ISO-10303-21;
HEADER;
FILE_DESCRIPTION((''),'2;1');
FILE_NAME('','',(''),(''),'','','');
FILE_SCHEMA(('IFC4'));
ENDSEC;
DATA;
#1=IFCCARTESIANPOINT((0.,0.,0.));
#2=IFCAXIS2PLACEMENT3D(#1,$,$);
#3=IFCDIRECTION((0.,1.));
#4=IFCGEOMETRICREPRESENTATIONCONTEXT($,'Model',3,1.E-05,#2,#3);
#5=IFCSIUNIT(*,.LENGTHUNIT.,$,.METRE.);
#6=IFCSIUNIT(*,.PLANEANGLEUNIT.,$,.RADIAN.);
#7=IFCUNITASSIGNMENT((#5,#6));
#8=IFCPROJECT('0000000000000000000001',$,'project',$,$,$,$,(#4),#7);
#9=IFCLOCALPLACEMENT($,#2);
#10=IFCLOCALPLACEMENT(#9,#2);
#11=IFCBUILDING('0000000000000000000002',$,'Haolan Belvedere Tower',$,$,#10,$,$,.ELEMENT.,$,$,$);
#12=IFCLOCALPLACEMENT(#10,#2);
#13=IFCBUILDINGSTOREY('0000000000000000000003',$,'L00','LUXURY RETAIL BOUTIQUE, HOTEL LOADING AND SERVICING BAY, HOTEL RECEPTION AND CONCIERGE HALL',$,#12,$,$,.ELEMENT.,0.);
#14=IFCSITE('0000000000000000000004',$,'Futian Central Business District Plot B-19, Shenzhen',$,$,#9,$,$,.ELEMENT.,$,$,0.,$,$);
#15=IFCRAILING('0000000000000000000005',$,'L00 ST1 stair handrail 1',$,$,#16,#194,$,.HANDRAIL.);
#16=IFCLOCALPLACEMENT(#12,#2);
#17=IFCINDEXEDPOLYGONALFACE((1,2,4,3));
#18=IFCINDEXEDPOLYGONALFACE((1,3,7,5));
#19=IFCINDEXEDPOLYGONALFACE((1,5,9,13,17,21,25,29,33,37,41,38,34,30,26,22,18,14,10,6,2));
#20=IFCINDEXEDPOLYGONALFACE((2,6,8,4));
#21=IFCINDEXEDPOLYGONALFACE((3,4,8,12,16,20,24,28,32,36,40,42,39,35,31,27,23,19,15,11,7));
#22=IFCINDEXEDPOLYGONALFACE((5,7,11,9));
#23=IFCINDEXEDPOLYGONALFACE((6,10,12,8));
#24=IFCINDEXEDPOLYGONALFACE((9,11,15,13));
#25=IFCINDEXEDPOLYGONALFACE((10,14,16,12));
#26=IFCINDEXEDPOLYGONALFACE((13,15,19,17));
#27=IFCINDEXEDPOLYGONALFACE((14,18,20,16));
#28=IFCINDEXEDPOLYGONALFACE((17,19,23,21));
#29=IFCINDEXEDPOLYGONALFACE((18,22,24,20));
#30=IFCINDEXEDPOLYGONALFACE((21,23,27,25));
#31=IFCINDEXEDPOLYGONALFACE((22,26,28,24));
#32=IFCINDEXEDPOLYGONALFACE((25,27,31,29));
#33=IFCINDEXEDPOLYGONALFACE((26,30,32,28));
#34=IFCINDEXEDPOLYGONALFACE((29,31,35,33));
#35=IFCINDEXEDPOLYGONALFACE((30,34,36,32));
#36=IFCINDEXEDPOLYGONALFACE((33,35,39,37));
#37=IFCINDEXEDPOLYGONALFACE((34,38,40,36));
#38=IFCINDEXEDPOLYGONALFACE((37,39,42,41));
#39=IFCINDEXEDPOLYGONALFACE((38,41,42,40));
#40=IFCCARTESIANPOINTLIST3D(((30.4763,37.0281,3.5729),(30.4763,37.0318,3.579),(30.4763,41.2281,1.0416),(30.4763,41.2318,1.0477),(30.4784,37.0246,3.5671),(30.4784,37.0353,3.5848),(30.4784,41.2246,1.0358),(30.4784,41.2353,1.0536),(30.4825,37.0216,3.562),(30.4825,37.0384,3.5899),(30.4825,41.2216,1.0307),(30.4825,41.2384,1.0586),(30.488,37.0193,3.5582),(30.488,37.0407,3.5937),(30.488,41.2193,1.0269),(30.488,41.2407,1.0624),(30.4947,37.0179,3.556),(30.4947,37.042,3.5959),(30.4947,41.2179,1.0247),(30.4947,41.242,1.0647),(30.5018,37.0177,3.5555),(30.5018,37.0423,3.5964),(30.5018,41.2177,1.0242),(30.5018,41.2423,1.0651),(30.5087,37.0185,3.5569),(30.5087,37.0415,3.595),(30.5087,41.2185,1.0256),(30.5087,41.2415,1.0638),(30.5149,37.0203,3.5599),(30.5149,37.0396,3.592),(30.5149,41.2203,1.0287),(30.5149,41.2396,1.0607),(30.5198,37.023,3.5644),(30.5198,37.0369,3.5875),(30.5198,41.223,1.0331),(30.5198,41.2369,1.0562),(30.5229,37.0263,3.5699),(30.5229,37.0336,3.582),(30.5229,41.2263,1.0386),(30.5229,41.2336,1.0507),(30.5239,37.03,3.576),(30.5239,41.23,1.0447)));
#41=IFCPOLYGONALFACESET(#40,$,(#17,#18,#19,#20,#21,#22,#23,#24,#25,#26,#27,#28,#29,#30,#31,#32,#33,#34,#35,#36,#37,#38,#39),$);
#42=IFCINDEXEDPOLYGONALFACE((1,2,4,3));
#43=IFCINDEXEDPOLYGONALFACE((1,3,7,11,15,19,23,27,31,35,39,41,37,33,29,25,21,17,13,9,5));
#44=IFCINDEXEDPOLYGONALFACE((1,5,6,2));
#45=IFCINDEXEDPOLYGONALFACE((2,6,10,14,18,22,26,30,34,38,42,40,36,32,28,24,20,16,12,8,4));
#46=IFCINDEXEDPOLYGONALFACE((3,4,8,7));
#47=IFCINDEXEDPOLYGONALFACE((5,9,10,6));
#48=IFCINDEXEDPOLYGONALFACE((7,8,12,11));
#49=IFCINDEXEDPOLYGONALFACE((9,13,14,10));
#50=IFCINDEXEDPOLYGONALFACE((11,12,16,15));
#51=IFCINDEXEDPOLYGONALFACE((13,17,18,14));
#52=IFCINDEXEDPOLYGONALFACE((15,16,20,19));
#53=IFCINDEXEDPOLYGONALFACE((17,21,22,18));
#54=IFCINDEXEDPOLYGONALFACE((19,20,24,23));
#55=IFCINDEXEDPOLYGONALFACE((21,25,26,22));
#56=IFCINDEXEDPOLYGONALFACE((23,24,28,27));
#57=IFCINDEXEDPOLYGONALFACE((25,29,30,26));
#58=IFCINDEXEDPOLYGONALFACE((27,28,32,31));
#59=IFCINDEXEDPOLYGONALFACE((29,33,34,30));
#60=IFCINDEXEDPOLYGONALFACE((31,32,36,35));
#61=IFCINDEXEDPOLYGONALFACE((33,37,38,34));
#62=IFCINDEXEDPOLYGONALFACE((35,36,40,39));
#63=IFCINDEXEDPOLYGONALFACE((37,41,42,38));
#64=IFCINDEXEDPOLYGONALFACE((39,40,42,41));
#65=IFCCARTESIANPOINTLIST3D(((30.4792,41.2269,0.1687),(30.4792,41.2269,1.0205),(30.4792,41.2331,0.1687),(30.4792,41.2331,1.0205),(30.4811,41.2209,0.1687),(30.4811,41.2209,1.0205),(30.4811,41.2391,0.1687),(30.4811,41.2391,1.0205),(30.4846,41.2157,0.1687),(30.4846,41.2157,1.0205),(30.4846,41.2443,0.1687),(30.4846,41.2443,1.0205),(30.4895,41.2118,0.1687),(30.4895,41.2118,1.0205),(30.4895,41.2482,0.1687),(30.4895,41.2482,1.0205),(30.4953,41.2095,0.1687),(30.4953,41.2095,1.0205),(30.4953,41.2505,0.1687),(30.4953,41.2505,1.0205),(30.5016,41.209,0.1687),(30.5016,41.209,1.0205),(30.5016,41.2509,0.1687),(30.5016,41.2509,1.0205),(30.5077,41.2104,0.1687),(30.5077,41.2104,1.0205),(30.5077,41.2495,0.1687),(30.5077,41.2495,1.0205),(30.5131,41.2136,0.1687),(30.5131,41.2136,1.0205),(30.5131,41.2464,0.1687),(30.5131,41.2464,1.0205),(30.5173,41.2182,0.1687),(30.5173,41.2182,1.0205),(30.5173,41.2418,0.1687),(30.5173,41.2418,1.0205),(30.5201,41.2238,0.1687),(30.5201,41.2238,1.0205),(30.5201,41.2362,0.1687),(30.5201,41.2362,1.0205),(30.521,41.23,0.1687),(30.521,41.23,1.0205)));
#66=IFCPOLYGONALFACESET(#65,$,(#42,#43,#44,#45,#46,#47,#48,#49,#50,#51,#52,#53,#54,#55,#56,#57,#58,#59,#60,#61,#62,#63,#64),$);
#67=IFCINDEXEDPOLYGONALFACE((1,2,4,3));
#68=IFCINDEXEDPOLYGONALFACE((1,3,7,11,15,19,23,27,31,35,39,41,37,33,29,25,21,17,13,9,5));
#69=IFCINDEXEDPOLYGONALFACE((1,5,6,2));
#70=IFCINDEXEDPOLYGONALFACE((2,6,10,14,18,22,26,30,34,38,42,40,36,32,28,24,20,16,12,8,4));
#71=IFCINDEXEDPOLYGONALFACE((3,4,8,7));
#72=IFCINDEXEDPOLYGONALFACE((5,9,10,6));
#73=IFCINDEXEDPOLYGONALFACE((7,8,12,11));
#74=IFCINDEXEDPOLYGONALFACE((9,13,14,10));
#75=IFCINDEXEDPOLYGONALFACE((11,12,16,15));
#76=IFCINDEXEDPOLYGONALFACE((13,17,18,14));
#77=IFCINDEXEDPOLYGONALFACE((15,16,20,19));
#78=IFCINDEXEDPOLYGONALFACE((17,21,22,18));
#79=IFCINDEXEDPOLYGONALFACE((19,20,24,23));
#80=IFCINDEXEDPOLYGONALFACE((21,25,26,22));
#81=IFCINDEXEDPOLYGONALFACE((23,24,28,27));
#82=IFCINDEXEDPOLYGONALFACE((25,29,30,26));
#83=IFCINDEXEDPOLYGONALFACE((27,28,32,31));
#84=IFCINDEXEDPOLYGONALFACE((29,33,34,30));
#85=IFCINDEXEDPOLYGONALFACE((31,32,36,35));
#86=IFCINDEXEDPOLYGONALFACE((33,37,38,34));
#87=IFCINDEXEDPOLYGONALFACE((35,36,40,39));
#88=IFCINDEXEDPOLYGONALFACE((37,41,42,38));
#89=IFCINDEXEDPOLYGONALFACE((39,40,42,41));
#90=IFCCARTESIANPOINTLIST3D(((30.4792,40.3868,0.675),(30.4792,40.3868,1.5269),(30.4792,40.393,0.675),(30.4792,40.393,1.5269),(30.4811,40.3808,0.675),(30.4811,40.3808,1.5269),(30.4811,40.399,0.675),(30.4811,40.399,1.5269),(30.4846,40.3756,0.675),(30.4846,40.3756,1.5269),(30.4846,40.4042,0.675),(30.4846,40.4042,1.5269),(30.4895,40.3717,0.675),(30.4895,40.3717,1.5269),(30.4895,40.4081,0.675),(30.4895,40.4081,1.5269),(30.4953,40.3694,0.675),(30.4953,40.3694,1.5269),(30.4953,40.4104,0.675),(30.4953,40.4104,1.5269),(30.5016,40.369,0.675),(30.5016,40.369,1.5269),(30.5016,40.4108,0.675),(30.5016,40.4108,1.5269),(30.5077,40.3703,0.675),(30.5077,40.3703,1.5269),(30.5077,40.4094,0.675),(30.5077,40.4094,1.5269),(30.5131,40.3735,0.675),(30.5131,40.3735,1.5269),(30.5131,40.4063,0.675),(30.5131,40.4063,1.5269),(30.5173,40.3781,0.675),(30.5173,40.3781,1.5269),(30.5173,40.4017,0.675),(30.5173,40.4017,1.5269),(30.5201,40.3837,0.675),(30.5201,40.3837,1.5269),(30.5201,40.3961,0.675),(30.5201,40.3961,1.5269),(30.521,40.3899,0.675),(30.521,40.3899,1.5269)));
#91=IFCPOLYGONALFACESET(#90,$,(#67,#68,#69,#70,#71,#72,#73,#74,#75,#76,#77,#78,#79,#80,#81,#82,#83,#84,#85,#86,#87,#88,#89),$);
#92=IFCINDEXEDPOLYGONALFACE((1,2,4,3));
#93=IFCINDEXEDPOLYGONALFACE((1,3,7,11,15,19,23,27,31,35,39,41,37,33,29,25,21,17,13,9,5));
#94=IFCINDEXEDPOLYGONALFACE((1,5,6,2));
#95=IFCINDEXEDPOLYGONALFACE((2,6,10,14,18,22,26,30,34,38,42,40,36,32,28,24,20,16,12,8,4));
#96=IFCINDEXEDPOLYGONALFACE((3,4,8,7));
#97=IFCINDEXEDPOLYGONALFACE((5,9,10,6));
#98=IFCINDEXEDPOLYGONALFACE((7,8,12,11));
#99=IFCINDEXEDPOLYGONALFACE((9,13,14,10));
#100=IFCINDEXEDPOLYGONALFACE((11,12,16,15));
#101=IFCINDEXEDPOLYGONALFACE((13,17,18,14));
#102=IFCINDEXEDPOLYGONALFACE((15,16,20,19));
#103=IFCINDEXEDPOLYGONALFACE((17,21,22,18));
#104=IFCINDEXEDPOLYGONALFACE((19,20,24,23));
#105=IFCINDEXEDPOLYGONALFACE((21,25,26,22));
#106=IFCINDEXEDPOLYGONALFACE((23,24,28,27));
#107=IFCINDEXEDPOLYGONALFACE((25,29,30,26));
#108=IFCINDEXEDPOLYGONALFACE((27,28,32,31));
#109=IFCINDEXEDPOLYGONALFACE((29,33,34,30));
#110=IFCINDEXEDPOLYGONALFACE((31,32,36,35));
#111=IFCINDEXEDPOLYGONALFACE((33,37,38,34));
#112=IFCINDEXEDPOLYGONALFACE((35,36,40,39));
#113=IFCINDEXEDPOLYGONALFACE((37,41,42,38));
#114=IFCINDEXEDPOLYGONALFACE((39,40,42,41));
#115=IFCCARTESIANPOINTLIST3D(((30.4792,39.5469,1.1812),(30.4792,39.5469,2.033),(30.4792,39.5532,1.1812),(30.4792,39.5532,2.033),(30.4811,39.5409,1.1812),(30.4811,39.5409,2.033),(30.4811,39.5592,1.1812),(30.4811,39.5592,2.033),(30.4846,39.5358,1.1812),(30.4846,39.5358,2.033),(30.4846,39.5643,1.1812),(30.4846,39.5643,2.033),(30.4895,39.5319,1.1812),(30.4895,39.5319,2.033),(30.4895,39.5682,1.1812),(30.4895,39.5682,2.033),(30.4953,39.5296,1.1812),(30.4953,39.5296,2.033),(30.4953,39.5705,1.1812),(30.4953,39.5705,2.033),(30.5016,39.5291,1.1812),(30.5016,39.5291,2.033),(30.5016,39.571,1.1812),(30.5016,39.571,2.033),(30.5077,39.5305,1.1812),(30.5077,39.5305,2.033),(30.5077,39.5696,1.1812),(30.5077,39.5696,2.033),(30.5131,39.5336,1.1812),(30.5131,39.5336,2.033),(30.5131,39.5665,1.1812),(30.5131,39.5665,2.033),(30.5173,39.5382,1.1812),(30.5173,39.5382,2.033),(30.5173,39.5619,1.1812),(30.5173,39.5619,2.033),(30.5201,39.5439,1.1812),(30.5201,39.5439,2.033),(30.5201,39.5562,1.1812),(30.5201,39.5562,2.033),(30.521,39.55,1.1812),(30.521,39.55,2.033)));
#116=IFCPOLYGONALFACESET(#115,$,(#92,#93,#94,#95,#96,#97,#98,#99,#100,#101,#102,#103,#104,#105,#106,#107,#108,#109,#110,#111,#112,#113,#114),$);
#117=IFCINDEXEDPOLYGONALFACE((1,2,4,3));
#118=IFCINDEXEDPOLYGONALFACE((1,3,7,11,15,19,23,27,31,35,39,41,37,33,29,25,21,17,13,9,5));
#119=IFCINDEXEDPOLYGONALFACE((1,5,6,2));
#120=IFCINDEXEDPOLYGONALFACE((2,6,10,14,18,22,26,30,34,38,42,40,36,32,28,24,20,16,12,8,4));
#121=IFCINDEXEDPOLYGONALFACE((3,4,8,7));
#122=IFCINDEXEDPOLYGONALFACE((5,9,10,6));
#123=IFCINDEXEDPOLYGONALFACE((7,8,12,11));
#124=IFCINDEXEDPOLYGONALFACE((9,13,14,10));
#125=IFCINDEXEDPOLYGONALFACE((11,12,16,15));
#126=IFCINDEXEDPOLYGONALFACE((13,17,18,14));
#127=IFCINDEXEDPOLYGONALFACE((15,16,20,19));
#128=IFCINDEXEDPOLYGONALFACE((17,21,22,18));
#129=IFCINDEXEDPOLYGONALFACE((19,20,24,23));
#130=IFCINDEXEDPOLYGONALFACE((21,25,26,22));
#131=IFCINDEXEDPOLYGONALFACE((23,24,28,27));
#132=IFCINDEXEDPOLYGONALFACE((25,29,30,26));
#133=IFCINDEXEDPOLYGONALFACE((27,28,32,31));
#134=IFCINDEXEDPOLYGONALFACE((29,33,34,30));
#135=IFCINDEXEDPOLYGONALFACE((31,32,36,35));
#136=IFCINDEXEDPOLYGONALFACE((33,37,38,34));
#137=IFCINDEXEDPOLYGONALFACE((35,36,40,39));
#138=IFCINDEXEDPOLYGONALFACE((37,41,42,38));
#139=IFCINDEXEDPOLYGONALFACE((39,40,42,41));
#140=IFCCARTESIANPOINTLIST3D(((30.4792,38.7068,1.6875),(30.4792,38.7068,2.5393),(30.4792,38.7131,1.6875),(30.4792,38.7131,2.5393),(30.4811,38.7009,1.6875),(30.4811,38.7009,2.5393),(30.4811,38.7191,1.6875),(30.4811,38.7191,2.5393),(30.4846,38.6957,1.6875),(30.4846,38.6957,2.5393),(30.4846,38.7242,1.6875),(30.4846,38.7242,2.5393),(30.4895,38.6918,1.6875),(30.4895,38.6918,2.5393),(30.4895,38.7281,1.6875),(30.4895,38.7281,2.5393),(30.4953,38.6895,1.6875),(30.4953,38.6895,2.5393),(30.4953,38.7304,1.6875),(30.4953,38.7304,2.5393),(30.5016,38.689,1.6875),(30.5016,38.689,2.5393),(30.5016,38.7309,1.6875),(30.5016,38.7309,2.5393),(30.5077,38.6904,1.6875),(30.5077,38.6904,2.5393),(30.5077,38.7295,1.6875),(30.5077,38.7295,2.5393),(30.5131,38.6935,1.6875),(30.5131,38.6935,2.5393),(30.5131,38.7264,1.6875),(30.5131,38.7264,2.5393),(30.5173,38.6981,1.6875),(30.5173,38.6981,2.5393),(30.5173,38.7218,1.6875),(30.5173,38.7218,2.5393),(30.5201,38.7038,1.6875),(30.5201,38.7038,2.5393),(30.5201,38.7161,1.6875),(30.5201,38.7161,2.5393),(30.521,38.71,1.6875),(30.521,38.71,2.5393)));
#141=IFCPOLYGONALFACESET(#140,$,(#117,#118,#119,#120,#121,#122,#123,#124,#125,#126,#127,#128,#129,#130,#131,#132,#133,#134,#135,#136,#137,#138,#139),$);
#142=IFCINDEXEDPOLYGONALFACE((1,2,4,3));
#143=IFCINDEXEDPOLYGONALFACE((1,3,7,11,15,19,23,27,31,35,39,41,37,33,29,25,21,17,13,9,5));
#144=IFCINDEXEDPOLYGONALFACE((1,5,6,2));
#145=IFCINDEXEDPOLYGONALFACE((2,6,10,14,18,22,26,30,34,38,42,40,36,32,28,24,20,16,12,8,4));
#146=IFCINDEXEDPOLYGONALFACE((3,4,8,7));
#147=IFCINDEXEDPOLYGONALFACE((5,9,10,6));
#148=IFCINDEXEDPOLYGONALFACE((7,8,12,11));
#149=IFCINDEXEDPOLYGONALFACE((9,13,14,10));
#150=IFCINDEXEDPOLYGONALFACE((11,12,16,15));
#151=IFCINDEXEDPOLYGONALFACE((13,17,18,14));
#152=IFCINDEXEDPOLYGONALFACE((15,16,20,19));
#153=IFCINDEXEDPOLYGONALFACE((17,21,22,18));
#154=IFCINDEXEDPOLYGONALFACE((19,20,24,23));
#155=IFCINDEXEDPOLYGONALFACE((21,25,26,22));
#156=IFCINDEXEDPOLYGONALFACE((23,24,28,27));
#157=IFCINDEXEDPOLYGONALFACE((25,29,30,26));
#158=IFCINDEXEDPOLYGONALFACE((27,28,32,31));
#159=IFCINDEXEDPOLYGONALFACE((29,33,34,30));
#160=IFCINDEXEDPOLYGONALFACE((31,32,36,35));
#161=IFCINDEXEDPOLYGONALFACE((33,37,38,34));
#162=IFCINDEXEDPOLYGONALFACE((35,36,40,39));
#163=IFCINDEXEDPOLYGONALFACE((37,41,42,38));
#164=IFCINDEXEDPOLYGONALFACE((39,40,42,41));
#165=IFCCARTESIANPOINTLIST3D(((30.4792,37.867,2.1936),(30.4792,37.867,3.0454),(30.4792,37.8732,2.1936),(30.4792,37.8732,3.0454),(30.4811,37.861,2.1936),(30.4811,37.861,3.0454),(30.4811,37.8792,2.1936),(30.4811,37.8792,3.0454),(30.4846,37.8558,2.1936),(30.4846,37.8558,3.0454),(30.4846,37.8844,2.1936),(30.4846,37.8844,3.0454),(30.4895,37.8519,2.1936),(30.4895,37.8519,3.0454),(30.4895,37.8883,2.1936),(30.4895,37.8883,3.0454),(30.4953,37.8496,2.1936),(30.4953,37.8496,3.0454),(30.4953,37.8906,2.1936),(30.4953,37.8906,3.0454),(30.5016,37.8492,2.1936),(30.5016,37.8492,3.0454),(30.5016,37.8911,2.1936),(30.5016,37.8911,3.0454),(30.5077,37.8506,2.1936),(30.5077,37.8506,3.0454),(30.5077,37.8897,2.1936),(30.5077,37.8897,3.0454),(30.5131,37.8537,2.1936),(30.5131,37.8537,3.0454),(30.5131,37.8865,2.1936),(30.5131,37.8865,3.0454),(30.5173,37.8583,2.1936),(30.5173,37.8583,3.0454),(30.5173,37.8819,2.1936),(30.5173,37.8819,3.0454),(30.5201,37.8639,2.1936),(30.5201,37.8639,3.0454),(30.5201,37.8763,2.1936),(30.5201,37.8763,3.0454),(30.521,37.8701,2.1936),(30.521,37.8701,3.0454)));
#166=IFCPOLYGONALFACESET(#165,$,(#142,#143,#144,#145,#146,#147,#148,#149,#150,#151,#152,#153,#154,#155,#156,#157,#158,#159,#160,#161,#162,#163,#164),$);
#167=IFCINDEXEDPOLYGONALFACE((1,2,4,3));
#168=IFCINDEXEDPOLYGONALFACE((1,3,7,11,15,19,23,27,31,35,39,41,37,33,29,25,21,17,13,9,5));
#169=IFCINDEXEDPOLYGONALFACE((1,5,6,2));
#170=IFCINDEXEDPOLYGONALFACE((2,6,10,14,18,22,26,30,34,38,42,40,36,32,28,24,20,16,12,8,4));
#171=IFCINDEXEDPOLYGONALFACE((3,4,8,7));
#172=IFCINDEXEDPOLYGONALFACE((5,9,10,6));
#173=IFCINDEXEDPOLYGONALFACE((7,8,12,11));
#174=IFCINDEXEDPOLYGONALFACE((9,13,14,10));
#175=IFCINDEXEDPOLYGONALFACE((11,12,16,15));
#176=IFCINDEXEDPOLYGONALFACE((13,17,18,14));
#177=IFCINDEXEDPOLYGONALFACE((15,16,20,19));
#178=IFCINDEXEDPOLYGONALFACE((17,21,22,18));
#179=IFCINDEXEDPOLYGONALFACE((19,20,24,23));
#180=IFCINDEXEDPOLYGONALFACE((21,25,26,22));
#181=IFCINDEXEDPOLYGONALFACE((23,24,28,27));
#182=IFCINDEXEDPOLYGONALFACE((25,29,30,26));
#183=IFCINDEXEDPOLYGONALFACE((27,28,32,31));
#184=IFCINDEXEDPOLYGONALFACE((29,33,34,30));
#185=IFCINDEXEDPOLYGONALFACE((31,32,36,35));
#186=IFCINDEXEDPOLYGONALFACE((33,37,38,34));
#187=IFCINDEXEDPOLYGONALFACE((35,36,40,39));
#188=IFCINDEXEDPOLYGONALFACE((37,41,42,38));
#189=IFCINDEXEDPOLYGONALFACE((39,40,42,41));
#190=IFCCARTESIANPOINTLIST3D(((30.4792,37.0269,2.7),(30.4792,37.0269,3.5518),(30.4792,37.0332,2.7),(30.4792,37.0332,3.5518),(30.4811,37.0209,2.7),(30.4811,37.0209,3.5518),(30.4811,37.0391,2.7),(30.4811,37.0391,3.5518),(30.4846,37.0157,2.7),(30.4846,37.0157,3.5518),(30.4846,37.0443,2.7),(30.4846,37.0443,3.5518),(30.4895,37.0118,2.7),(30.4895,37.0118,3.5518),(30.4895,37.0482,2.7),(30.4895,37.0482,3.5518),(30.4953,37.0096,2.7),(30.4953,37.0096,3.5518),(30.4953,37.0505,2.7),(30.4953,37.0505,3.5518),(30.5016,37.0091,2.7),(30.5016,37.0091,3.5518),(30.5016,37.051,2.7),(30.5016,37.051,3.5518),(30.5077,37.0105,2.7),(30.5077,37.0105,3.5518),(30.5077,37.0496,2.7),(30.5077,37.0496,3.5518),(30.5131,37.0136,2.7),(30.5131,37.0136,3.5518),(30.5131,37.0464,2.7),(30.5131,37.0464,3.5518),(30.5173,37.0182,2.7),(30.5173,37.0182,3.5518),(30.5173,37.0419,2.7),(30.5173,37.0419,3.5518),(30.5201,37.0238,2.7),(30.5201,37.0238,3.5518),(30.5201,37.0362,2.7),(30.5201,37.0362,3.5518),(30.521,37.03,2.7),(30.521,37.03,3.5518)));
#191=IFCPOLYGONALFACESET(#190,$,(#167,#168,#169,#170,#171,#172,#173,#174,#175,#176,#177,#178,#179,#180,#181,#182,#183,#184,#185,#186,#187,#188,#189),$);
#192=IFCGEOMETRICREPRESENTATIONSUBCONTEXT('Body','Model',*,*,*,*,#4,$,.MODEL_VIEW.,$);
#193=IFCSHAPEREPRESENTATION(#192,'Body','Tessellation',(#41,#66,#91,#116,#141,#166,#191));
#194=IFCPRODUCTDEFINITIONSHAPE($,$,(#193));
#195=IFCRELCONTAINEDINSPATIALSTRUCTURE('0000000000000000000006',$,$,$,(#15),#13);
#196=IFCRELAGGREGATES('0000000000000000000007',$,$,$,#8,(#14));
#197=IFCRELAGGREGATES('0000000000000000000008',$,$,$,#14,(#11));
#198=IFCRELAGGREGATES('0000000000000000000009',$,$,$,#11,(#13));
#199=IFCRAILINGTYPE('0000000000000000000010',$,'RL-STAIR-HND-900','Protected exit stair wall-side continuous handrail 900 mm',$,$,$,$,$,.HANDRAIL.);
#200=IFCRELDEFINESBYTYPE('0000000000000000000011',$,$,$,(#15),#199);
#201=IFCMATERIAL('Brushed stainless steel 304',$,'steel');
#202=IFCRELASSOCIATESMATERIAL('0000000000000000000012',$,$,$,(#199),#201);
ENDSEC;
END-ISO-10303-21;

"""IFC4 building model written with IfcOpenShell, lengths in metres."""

from ifc_helpers import new_model, si_unit, direction, frame, origin, origin_2d, place, context, subcontext, project, spatial, circle, extrude, material, type_object, element, save


model = new_model("IFC4")

# Units and contexts
model_context = context("Model", 3, precision=1e-05, world=origin(), true_north=direction((0.0, 1.0)))
body_context = subcontext(model_context, "Body", "Model", "MODEL_VIEW")
ifc_project = project(units=[si_unit("LENGTHUNIT", "METRE"), si_unit("PLANEANGLEUNIT", "RADIAN")], contexts=[model_context])

# Site, building, storey
site_placement = place(None, origin())
site = spatial("IfcSite", under=ifc_project, at=site_placement, Name="Futian Central Business District Plot B-19, Shenzhen", CompositionType="ELEMENT", RefElevation=0.0)
building_placement = place(site_placement, origin())
building = spatial("IfcBuilding", under=site, at=building_placement, Name="Haolan Belvedere Tower", CompositionType="ELEMENT")
storey_placement = place(building_placement, origin())
storey = spatial("IfcBuildingStorey", under=building, at=storey_placement, Name="L00", Description="LUXURY RETAIL BOUTIQUE, HOTEL LOADING AND SERVICING BAY, HOTEL RECEPTION AND CONCIERGE HALL", CompositionType="ELEMENT", Elevation=0.0)

# Railing
ifc_material_1 = material(Name="Brushed stainless steel 304", Category="steel")
railing_type_1 = type_object("IfcRailingType", Name="RL-STAIR-HND-900", Description="Protected exit stair wall-side continuous handrail 900 mm", PredefinedType="HANDRAIL", material=ifc_material_1)
railing_1_placement = place(storey_placement, frame((30.5, 41.23, 0.1687)))
element("IfcRailing", 1, at=railing_1_placement, inside=storey, type_object=railing_type_1, Name="L00 ST1 stair handrail 1", PredefinedType="HANDRAIL", context=body_context, shape_type="SweptSolid", body=[
    extrude(circle(Radius=0.0239, at=origin_2d()), frame((0.0, 0.0, 0.876), z_axis=(0.0, -0.856476, 0.516186), x_axis=(1.0, 0.0, 0.0)), (0.0, 0.0, 1.0), 4.9038),
    extrude(circle(Radius=0.021, at=origin_2d()), origin(), (0.0, 0.0, 1.0), 0.8518),
    extrude(circle(Radius=0.021, at=origin_2d()), frame((0.0, -0.8401, 0.5063)), (0.0, 0.0, 1.0), 0.8518),
    extrude(circle(Radius=0.021, at=origin_2d()), frame((0.0, -1.6799, 1.0125)), (0.0, 0.0, 1.0), 0.8518),
    extrude(circle(Radius=0.021, at=origin_2d()), frame((0.0, -2.52, 1.5188)), (0.0, 0.0, 1.0), 0.8518),
    extrude(circle(Radius=0.021, at=origin_2d()), frame((0.0, -3.3599, 2.0249)), (0.0, 0.0, 1.0), 0.8518),
    extrude(circle(Radius=0.021, at=origin_2d()), frame((0.0, -4.2, 2.5312)), (0.0, 0.0, 1.0), 0.8518),
])

save(model, "model.ifc")
